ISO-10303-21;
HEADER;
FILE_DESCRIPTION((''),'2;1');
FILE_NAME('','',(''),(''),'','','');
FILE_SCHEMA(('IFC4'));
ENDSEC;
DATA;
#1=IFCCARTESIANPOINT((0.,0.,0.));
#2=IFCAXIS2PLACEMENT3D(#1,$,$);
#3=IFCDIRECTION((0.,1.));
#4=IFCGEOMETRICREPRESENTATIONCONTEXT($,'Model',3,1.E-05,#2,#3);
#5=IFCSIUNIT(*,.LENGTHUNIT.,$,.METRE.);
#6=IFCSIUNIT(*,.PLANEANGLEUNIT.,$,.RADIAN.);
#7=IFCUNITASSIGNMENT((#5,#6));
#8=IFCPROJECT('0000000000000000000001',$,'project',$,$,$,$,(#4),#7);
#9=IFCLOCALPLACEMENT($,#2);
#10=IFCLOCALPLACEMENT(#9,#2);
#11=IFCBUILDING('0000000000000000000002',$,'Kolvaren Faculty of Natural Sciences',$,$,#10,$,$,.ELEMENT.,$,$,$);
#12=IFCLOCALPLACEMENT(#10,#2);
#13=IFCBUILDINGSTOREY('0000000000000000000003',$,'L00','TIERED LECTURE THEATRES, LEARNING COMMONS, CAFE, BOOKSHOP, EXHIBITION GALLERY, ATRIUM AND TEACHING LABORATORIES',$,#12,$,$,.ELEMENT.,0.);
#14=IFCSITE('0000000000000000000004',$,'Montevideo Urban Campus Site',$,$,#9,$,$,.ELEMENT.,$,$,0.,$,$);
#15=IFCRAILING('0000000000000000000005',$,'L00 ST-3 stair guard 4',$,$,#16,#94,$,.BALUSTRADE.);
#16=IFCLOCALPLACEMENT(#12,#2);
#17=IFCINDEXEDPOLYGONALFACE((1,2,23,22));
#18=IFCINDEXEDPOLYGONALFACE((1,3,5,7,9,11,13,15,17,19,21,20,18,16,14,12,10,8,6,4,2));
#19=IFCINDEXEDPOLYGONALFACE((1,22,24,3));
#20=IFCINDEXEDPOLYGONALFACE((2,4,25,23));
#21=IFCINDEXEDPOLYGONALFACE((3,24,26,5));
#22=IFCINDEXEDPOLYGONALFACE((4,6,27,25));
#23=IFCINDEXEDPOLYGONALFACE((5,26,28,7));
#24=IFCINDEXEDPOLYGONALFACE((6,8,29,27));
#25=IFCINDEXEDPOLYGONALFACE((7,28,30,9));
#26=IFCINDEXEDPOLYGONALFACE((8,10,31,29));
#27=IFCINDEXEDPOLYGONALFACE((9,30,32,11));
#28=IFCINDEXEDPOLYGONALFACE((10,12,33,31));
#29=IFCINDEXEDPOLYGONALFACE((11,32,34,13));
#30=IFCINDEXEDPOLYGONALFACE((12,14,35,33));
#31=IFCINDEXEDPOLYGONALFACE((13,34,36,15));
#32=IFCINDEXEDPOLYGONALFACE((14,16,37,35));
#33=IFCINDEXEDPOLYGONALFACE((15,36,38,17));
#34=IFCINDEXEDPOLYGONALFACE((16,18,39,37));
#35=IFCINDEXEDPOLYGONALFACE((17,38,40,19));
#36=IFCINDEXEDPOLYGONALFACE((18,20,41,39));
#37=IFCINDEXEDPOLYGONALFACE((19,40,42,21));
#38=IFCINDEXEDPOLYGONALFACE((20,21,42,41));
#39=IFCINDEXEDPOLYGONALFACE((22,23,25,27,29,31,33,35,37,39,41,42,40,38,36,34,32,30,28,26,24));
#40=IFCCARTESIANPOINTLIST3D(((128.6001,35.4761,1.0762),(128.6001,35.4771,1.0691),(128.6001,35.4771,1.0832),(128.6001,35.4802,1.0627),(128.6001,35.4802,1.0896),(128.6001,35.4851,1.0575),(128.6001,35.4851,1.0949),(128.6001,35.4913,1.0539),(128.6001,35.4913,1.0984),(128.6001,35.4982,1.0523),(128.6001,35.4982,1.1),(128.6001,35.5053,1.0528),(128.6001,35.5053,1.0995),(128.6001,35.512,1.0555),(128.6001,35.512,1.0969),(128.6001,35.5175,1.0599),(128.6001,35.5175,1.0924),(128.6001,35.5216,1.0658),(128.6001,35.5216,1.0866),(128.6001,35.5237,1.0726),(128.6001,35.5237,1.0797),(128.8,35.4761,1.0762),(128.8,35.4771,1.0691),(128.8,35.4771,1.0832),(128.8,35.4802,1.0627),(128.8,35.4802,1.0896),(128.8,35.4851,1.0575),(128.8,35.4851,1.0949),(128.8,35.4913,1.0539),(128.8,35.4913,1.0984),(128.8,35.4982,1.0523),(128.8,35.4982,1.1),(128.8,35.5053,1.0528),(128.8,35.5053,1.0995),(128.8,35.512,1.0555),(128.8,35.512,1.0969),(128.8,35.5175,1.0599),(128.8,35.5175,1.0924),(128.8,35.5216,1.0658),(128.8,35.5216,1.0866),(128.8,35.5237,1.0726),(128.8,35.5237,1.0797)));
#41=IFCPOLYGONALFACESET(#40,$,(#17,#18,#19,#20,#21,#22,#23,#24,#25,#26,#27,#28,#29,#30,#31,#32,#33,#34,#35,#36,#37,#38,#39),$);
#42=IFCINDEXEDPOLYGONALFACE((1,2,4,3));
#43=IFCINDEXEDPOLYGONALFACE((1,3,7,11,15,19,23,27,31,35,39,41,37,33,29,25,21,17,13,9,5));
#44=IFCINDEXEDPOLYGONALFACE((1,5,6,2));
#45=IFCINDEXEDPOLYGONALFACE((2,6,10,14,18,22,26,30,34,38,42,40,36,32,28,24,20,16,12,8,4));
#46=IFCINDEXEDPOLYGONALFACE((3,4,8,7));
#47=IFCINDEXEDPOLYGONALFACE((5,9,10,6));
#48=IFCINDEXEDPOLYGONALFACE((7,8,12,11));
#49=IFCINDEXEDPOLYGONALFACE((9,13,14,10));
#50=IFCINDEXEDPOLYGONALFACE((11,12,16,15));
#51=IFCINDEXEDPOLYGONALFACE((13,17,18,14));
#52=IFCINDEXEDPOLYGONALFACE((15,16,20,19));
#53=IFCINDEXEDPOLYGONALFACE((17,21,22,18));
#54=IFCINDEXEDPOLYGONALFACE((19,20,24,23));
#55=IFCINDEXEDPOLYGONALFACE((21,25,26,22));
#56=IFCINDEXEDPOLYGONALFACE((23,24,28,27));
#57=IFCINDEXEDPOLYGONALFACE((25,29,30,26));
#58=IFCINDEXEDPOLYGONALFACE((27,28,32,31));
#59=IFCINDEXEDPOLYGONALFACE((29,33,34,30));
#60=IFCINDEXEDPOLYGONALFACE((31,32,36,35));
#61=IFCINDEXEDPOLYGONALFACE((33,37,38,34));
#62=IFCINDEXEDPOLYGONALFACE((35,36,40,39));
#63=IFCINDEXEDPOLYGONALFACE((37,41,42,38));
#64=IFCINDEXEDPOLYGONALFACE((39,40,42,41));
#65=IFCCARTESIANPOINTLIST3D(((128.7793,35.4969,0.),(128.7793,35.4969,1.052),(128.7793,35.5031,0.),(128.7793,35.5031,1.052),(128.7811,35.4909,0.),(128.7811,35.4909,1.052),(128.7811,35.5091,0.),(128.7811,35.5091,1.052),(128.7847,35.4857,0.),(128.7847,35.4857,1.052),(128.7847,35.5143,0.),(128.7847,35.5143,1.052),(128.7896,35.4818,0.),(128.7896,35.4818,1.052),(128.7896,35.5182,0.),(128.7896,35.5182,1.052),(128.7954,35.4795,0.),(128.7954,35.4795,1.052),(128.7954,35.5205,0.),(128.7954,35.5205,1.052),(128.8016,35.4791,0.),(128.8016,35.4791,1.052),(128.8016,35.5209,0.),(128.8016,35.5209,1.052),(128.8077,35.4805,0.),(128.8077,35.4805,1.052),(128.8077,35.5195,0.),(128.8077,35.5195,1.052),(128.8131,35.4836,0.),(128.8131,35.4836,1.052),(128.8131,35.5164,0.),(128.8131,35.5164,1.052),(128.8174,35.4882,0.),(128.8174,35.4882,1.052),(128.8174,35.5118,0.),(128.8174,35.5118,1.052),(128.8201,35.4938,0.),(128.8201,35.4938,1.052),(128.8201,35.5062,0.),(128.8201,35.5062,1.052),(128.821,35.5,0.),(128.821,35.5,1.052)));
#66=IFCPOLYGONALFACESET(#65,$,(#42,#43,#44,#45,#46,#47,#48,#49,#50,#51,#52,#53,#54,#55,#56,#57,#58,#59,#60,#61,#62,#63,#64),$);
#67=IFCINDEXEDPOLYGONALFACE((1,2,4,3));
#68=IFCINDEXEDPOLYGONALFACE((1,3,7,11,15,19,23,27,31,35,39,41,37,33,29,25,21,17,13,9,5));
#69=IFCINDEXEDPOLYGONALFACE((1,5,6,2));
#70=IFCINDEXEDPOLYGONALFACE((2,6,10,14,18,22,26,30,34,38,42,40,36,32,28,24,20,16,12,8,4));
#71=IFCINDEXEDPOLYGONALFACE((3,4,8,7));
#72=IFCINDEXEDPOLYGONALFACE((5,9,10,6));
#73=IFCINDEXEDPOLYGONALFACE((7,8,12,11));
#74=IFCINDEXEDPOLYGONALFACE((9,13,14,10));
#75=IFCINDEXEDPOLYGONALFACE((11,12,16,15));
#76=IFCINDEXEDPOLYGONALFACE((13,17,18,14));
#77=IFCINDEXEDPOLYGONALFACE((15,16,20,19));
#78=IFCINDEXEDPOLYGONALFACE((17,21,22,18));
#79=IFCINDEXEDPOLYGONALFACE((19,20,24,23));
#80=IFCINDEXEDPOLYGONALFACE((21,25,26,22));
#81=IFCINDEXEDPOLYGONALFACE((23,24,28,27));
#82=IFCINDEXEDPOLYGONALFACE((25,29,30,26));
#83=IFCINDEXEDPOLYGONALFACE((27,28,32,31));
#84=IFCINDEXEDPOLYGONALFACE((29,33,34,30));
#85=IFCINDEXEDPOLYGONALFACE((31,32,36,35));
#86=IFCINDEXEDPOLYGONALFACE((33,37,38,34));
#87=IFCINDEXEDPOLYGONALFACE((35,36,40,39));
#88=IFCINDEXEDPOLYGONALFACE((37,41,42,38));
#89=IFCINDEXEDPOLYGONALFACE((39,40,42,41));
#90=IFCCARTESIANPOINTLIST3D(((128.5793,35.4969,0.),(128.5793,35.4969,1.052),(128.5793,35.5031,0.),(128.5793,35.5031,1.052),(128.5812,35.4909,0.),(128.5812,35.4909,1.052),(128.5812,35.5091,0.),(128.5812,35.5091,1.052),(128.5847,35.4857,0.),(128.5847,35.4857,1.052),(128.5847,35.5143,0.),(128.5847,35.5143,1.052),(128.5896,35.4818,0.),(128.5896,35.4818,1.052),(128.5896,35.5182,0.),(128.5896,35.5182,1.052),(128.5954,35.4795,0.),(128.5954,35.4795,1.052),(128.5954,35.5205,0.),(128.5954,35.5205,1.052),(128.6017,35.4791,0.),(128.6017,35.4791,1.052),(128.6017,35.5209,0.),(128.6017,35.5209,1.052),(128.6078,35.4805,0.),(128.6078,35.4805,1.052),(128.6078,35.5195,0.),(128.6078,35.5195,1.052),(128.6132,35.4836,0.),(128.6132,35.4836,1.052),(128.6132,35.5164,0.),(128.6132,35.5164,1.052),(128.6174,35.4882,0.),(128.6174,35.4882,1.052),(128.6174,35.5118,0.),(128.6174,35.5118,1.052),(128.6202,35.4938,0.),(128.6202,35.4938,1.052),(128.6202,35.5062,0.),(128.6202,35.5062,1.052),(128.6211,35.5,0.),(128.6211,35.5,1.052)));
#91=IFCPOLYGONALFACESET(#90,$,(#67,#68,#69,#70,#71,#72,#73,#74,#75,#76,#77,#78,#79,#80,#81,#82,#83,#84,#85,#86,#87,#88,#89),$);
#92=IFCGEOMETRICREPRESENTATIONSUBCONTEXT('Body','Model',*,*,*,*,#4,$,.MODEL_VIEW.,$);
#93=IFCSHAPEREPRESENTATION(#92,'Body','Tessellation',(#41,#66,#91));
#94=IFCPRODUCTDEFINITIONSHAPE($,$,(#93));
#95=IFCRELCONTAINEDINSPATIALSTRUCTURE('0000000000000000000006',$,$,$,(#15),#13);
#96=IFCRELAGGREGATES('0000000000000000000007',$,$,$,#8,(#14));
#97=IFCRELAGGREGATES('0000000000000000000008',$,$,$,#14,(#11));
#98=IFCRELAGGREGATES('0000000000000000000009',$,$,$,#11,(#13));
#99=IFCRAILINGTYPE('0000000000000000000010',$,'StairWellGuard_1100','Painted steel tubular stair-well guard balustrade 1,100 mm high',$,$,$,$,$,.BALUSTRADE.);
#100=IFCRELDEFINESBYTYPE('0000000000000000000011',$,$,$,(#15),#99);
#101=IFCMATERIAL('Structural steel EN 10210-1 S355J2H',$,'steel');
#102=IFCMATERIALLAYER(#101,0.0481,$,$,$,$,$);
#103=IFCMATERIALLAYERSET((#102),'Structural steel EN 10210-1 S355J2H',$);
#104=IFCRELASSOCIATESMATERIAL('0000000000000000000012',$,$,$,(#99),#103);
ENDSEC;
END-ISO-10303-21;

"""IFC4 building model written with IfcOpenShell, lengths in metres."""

from ifc_helpers import new_model, si_unit, direction, frame, origin, origin_2d, place, context, subcontext, project, spatial, circle, extrude, material, layer, layer_set, type_object, element, save


model = new_model("IFC4")

# Units and contexts
model_context = context("Model", 3, precision=1e-05, world=origin(), true_north=direction((0.0, 1.0)))
body_context = subcontext(model_context, "Body", "Model", "MODEL_VIEW")
ifc_project = project(units=[si_unit("LENGTHUNIT", "METRE"), si_unit("PLANEANGLEUNIT", "RADIAN")], contexts=[model_context])

# Site, building, storey
site_placement = place(None, origin())
site = spatial("IfcSite", under=ifc_project, at=site_placement, Name="Montevideo Urban Campus Site", CompositionType="ELEMENT", RefElevation=0.0)
building_placement = place(site_placement, origin())
building = spatial("IfcBuilding", under=site, at=building_placement, Name="Kolvaren Faculty of Natural Sciences", CompositionType="ELEMENT")
storey_placement = place(building_placement, origin())
storey = spatial("IfcBuildingStorey", under=building, at=storey_placement, Name="L00", Description="TIERED LECTURE THEATRES, LEARNING COMMONS, CAFE, BOOKSHOP, EXHIBITION GALLERY, ATRIUM AND TEACHING LABORATORIES", CompositionType="ELEMENT", Elevation=0.0)

# Railing
ifc_material_1 = material(Name="Structural steel EN 10210-1 S355J2H", Category="steel")
ifc_layer_1 = layer(ifc_material_1, 0.0481)
ifc_layer_set_1 = layer_set([ifc_layer_1], Name="Structural steel EN 10210-1 S355J2H")
railing_type_1 = type_object("IfcRailingType", Name="StairWellGuard_1100", Description="Painted steel tubular stair-well guard balustrade 1,100 mm high", PredefinedType="BALUSTRADE", material=ifc_layer_set_1)
railing_1_placement = place(storey_placement, frame((128.8, 35.5, 0.0)))
element("IfcRailing", 1, at=railing_1_placement, inside=storey, type_object=railing_type_1, Name="L00 ST-3 stair guard 4", PredefinedType="BALUSTRADE", context=body_context, shape_type="SweptSolid", body=[
    extrude(circle(Radius=0.0239, at=origin_2d()), frame((0.0, 0.0, 1.0762), z_axis=(-1.0, 0.0, 0.0), x_axis=(0.0, -1.0, 0.0)), (0.0, 0.0, 1.0), 0.2),
    extrude(circle(Radius=0.021, at=origin_2d()), origin(), (0.0, 0.0, 1.0), 1.052),
    extrude(circle(Radius=0.021, at=origin_2d()), frame((-0.2, 0.0, 0.0)), (0.0, 0.0, 1.0), 1.052),
])

save(model, "model.ifc")
